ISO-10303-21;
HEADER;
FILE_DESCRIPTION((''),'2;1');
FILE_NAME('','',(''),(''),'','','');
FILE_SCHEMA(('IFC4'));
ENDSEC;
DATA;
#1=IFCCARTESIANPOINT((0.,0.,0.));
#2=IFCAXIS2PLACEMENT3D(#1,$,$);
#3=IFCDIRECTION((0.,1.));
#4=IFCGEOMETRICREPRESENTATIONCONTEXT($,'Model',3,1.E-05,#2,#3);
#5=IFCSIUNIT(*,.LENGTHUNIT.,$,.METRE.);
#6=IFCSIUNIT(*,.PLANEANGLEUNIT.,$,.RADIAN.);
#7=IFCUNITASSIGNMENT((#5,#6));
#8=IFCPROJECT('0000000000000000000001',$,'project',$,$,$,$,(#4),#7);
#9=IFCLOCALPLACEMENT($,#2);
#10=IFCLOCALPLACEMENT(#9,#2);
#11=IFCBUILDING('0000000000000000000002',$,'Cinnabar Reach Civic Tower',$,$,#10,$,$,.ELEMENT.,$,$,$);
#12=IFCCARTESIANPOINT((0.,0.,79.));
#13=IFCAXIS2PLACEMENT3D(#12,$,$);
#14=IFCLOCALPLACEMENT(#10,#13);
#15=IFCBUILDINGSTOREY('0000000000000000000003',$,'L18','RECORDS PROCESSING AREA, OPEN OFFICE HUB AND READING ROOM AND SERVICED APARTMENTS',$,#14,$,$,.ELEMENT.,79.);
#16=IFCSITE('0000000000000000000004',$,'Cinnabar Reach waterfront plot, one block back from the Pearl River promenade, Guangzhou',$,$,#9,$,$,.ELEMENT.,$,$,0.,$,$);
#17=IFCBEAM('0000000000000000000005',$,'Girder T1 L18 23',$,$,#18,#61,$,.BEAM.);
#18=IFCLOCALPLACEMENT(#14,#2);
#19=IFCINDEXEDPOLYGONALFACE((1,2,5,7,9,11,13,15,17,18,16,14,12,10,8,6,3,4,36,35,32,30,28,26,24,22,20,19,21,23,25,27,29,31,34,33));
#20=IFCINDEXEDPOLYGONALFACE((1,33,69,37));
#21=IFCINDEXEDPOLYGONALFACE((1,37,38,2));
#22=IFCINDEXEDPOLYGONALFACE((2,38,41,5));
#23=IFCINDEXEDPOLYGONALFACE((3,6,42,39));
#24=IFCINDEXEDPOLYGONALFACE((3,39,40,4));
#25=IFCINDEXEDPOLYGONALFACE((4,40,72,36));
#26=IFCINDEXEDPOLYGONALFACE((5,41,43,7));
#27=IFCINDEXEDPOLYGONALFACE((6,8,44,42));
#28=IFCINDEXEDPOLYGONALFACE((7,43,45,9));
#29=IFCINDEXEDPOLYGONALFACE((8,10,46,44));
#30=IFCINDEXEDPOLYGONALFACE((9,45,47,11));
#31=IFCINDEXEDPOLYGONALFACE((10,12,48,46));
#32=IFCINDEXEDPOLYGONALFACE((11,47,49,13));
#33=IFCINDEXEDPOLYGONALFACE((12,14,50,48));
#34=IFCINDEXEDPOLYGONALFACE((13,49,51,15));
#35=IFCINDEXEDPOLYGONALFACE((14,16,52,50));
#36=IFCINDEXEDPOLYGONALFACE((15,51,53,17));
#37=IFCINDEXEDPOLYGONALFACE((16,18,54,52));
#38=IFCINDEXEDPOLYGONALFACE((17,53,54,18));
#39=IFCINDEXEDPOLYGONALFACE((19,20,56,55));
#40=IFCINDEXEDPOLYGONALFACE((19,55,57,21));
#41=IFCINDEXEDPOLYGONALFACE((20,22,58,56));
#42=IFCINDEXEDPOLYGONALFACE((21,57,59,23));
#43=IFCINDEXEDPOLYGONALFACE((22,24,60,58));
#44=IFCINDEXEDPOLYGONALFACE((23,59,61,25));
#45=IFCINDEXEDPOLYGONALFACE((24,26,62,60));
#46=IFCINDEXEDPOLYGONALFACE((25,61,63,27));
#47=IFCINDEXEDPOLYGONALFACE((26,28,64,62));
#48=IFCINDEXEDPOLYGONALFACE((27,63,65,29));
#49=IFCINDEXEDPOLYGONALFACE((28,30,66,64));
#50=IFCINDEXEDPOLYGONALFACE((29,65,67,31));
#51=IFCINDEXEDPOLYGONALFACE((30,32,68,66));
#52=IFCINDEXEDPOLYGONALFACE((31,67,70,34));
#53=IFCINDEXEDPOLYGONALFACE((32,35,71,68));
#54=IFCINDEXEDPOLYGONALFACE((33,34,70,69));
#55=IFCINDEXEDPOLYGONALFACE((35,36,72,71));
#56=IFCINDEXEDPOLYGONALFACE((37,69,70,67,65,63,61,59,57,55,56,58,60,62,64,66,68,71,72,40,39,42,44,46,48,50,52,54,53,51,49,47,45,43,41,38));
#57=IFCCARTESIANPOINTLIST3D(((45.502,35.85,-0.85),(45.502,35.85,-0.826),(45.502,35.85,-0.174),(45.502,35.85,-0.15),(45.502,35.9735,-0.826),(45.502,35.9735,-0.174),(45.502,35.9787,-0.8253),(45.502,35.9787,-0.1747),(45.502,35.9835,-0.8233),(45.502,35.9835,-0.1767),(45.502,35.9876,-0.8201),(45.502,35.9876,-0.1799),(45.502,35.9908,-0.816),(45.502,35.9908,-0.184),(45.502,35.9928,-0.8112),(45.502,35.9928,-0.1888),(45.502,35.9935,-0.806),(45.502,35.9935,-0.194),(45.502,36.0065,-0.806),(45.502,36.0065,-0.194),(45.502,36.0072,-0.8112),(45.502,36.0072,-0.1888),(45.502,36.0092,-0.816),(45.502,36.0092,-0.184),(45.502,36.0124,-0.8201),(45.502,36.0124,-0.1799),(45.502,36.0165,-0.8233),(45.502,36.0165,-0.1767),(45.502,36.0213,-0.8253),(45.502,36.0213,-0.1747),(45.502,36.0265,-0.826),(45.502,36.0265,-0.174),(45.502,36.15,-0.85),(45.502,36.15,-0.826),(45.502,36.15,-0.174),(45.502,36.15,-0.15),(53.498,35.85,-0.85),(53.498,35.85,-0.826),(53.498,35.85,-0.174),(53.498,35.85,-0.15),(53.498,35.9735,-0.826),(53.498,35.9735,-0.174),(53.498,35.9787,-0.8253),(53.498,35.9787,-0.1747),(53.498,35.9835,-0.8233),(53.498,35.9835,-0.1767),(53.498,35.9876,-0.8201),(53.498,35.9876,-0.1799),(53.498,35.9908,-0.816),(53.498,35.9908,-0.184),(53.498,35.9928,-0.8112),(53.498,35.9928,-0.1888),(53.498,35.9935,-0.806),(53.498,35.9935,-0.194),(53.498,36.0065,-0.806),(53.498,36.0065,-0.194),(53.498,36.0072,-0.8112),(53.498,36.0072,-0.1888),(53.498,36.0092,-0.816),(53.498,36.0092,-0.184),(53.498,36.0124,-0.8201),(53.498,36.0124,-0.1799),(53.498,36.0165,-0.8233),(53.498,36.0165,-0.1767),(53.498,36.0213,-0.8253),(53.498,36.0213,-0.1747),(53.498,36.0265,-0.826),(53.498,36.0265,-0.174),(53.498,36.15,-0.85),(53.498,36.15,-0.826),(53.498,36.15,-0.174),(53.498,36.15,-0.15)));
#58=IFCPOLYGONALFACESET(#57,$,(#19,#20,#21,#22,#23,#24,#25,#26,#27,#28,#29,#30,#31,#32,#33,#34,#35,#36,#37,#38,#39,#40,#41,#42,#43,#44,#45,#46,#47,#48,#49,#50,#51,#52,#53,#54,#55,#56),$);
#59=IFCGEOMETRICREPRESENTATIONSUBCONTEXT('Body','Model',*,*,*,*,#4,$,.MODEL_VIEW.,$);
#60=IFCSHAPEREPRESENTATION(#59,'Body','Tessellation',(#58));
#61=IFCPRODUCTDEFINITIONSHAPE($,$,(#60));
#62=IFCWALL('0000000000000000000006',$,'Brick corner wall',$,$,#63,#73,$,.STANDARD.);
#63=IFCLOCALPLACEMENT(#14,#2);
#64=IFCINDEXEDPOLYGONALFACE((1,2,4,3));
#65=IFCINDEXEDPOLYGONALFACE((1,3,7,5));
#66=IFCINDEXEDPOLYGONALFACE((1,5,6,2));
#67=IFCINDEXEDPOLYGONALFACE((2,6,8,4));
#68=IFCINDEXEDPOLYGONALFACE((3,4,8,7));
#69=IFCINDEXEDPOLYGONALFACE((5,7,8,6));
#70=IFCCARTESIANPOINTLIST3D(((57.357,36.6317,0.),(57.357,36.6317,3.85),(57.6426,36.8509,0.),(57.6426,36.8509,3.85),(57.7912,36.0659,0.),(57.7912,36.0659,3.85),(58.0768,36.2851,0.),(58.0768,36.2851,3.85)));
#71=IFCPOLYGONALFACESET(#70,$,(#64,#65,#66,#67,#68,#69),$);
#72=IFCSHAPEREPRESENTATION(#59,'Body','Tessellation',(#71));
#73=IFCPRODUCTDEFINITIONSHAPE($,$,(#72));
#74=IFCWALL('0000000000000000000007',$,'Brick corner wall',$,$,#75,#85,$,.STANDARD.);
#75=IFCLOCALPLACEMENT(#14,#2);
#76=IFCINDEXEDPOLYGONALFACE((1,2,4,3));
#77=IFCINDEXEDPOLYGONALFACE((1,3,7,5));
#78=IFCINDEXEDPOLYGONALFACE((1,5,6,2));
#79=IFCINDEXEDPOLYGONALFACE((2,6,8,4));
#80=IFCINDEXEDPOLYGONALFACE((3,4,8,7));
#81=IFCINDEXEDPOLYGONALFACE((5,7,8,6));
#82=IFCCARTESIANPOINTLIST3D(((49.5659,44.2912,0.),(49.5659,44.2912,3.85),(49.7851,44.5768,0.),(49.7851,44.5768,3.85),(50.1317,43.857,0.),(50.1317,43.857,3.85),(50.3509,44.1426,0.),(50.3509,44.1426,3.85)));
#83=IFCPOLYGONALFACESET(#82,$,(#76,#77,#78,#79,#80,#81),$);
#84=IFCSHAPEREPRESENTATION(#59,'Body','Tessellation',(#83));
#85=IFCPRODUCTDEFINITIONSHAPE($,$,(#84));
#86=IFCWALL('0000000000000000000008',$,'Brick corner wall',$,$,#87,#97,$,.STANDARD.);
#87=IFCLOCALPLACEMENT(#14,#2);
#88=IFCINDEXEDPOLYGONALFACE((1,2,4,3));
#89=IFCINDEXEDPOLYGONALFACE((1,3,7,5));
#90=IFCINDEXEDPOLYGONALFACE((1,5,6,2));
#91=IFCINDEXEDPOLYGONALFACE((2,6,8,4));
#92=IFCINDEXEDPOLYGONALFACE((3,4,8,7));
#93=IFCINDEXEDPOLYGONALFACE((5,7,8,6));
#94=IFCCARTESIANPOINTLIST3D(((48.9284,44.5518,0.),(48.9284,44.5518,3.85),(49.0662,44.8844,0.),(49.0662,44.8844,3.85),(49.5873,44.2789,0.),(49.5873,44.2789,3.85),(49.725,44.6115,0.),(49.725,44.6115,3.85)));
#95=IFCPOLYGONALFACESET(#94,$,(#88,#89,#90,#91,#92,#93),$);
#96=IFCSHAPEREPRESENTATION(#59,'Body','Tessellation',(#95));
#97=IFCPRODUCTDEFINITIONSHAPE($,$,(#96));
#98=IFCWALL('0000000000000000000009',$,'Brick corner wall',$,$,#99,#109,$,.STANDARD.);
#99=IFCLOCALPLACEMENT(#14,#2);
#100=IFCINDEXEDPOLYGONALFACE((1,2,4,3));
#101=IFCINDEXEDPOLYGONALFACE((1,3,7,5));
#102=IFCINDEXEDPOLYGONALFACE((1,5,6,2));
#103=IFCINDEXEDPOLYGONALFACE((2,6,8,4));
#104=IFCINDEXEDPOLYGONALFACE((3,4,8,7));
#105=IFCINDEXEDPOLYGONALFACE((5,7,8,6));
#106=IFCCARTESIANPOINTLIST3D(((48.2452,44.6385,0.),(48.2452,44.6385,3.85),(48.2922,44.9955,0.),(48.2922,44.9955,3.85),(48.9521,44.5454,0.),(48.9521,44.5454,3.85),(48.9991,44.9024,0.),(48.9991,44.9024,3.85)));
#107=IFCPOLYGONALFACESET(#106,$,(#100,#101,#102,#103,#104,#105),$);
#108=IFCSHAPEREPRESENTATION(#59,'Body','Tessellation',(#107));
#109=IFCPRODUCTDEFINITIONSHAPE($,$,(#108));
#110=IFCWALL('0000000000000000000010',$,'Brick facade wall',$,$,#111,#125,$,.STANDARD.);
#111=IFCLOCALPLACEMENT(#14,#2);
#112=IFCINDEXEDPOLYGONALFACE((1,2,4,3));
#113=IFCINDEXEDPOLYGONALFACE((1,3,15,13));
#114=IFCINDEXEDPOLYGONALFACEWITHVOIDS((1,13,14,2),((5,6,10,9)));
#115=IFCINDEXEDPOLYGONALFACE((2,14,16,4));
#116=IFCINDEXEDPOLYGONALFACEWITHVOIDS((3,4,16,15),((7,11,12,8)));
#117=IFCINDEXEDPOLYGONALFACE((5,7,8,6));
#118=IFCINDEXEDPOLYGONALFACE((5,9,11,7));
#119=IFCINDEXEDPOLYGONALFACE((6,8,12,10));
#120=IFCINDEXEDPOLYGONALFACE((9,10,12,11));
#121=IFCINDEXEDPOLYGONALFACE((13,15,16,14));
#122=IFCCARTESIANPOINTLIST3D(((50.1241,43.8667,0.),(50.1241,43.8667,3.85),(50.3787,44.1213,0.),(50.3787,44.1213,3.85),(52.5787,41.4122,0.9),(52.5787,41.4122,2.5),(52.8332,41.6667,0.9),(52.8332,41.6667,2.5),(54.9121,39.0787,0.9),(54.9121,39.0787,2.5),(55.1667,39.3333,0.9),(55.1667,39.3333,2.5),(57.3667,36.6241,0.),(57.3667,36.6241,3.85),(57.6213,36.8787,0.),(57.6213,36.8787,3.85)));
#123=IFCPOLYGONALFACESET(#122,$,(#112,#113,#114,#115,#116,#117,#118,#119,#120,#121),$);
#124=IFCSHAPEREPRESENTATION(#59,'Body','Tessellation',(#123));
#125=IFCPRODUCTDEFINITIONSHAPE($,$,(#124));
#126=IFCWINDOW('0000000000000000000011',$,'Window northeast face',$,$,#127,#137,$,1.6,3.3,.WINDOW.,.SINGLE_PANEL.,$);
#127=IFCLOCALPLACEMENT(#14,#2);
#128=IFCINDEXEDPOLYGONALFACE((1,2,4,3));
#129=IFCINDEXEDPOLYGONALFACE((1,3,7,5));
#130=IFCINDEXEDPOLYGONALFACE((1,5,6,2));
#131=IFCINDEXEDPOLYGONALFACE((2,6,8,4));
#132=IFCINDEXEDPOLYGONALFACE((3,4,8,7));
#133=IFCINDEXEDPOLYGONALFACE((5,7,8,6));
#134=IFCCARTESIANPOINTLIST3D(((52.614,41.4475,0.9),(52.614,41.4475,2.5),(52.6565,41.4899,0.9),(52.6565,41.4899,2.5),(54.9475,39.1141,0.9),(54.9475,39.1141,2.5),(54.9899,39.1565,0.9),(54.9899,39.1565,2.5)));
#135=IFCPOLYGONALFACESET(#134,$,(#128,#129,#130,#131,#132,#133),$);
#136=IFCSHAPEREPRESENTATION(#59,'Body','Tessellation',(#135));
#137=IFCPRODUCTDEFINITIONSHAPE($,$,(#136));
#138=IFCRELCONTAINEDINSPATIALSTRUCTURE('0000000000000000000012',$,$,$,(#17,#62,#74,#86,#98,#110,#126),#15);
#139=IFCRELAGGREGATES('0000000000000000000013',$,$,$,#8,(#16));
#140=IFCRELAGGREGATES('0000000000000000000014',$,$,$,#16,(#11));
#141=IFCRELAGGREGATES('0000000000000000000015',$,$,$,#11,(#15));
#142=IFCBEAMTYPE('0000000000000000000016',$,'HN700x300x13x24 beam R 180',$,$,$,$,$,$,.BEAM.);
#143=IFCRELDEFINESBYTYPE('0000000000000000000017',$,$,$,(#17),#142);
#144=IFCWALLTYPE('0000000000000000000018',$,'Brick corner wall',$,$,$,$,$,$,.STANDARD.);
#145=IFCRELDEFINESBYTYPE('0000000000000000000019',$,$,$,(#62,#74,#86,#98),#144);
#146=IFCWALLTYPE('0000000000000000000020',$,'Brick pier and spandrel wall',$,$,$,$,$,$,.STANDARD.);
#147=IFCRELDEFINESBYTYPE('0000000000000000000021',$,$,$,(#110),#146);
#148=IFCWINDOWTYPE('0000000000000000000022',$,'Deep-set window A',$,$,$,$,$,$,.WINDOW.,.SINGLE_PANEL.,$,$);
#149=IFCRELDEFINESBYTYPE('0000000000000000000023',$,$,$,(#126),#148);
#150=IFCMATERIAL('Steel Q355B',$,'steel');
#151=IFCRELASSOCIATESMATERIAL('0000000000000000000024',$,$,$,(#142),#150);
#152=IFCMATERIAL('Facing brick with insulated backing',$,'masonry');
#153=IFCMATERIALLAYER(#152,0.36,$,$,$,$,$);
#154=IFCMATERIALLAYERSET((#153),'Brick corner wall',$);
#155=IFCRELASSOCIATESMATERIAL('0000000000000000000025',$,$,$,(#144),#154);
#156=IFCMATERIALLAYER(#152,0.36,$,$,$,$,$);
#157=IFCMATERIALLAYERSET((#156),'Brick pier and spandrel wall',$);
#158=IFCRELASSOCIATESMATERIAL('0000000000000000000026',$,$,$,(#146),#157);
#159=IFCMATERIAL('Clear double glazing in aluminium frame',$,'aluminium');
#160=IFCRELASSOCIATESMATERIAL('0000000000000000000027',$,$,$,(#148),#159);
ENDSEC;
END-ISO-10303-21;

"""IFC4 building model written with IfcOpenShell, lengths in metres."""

from ifc_helpers import new_model, si_unit, direction, frame, frame_2d, origin, origin_2d, place, context, subcontext, project, spatial, rectangle, i_section, extrude, material, layer, layer_set, material_profile, profile_set, type_object, element, fill, save


model = new_model("IFC4")

# Units and contexts
model_context = context("Model", 3, precision=1e-05, world=origin(), true_north=direction((0.0, 1.0)))
body_context = subcontext(model_context, "Body", "Model", "MODEL_VIEW")
ifc_project = project(units=[si_unit("LENGTHUNIT", "METRE"), si_unit("PLANEANGLEUNIT", "RADIAN")], contexts=[model_context])

# Site, building, storey
site_placement = place(None, origin())
site = spatial("IfcSite", under=ifc_project, at=site_placement, Name="Cinnabar Reach waterfront plot, one block back from the Pearl River promenade, Guangzhou", CompositionType="ELEMENT", RefElevation=0.0)
building_placement = place(site_placement, origin())
building = spatial("IfcBuilding", under=site, at=building_placement, Name="Cinnabar Reach Civic Tower", CompositionType="ELEMENT")
storey_placement = place(building_placement, frame((0.0, 0.0, 79.0)))
storey = spatial("IfcBuildingStorey", under=building, at=storey_placement, Name="L18", Description="RECORDS PROCESSING AREA, OPEN OFFICE HUB AND READING ROOM AND SERVICED APARTMENTS", CompositionType="ELEMENT", Elevation=79.0)

# Beam
ifc_material_1 = material(Name="Steel Q355B", Category="steel")
ifc_material_profile_1 = material_profile(ifc_material_1, i_section(OverallWidth=0.3, OverallDepth=0.7, WebThickness=0.013, FlangeThickness=0.024, FilletRadius=0.02, at=origin_2d()), Name="HN700x300x13x24")
ifc_profile_set_1 = profile_set([ifc_material_profile_1], Name="Steel Q355B")
beam_type_1 = type_object("IfcBeamType", Name="HN700x300x13x24 beam R 180", PredefinedType="BEAM", material=ifc_profile_set_1)
beam_1_placement = place(storey_placement, frame((45.502, 36.0, -0.5), z_axis=(1.0, 0.0, 0.0), x_axis=(0.0, 1.0, 0.0)))
element("IfcBeam", 1, at=beam_1_placement, inside=storey, type_object=beam_type_1, Name="Girder T1 L18 23", PredefinedType="BEAM", context=body_context, shape_type="SweptSolid", body=[
    extrude(i_section(OverallWidth=0.3, OverallDepth=0.7, WebThickness=0.013, FlangeThickness=0.024, FilletRadius=0.02, at=origin_2d()), origin(), (0.0, 0.0, 1.0), 7.996),
])

# Walls
ifc_material_2 = material(Name="Facing brick with insulated backing", Category="masonry")
ifc_layer_1 = layer(ifc_material_2, 0.36)
ifc_layer_set_1 = layer_set([ifc_layer_1], Name="Brick corner wall")
wall_type_1 = type_object("IfcWallType", Name="Brick corner wall", PredefinedType="STANDARD", material=ifc_layer_set_1)
for number, where, z_axis, x_axis, name in (
    (2, (57.934, 36.1755, 0.0), (0.0, 0.0, 1.0), (-0.608802, 0.793322, 0.0), "Brick corner wall"),
    (3, (50.2413, 43.9998, 0.0), (0.0, 0.0, 1.0), (-0.793322, 0.608802, 0.0), "Brick corner wall"),
):
    element("IfcWall", number, at=place(storey_placement, frame(where, z_axis=z_axis, x_axis=x_axis)), inside=storey, type_object=wall_type_1, Name=name, PredefinedType="STANDARD", context=body_context, shape_type="SweptSolid", body=[
        extrude(rectangle(XDim=0.7132, YDim=0.36, at=frame_2d((0.3566, 0.0))), origin(), (0.0, 0.0, 1.0), 3.85),
    ])
for number, where, z_axis, x_axis, name in (
    (4, (49.6561, 44.4452, 0.0), (0.0, 0.0, 1.0), (-0.923872, 0.382703, 0.0), "Brick corner wall"),
    (5, (48.9756, 44.7239, 0.0), (0.0, 0.0, 1.0), (-0.991441, 0.130556, 0.0), "Brick corner wall"),
):
    element("IfcWall", number, at=place(storey_placement, frame(where, z_axis=z_axis, x_axis=x_axis)), inside=storey, type_object=wall_type_1, Name=name, PredefinedType="STANDARD", context=body_context, shape_type="SweptSolid", body=[
        extrude(rectangle(XDim=0.7131, YDim=0.36, at=frame_2d((0.3565, 0.0))), origin(), (0.0, 0.0, 1.0), 3.85),
    ])

# Wall, opening, window
ifc_layer_2 = layer(ifc_material_2, 0.36)
ifc_layer_set_2 = layer_set([ifc_layer_2], Name="Brick pier and spandrel wall")
wall_type_2 = type_object("IfcWallType", Name="Brick pier and spandrel wall", PredefinedType="STANDARD", material=ifc_layer_set_2)
wall_1_placement = place(storey_placement, frame((57.494, 36.7514, 0.0), z_axis=(0.0, 0.0, 1.0), x_axis=(-0.707107, 0.707107, 0.0)))
wall_1 = element("IfcWall", 6, at=wall_1_placement, inside=storey, type_object=wall_type_2, Name="Brick facade wall", PredefinedType="STANDARD", context=body_context, shape_type="SweptSolid", body=[
    extrude(rectangle(XDim=10.2426, YDim=0.36, at=frame_2d((5.1213, 0.0))), origin(), (0.0, 0.0, 1.0), 3.85),
])
opening_1_placement = place(wall_1_placement, frame((3.4713, 0.0, 0.9)))
opening_1 = element("IfcOpeningElement", 7, at=opening_1_placement, cuts=wall_1, PredefinedType="OPENING", context=body_context, shape_type="SweptSolid", body=[
    extrude(rectangle(XDim=3.3, YDim=1.6, at=frame_2d((1.65, 0.8))), frame((0.0, 0.19, 0.0), z_axis=(0.0, -1.0, 0.0), x_axis=(1.0, 0.0, 0.0)), (0.0, 0.0, 1.0), 0.38),
])
ifc_material_3 = material(Name="Clear double glazing in aluminium frame", Category="aluminium")
window_type_1 = type_object("IfcWindowType", Name="Deep-set window A", PartitioningType="SINGLE_PANEL", PredefinedType="WINDOW", material=ifc_material_3)
window_1_placement = place(opening_1_placement, origin())
window_1 = element("IfcWindow", 8, at=window_1_placement, inside=storey, type_object=window_type_1, Name="Window northeast face", OverallHeight=1.6, OverallWidth=3.3, PartitioningType="SINGLE_PANEL", PredefinedType="WINDOW", context=body_context, shape_type="SweptSolid", body=[
    extrude(rectangle(XDim=3.3, YDim=1.6, at=frame_2d((1.65, 0.8))), frame((0.0, 0.13, 0.0), z_axis=(0.0, -1.0, 0.0), x_axis=(1.0, 0.0, 0.0)), (0.0, 0.0, 1.0), 0.06),
])
fill(opening_1, window_1)

save(model, "model.ifc")
